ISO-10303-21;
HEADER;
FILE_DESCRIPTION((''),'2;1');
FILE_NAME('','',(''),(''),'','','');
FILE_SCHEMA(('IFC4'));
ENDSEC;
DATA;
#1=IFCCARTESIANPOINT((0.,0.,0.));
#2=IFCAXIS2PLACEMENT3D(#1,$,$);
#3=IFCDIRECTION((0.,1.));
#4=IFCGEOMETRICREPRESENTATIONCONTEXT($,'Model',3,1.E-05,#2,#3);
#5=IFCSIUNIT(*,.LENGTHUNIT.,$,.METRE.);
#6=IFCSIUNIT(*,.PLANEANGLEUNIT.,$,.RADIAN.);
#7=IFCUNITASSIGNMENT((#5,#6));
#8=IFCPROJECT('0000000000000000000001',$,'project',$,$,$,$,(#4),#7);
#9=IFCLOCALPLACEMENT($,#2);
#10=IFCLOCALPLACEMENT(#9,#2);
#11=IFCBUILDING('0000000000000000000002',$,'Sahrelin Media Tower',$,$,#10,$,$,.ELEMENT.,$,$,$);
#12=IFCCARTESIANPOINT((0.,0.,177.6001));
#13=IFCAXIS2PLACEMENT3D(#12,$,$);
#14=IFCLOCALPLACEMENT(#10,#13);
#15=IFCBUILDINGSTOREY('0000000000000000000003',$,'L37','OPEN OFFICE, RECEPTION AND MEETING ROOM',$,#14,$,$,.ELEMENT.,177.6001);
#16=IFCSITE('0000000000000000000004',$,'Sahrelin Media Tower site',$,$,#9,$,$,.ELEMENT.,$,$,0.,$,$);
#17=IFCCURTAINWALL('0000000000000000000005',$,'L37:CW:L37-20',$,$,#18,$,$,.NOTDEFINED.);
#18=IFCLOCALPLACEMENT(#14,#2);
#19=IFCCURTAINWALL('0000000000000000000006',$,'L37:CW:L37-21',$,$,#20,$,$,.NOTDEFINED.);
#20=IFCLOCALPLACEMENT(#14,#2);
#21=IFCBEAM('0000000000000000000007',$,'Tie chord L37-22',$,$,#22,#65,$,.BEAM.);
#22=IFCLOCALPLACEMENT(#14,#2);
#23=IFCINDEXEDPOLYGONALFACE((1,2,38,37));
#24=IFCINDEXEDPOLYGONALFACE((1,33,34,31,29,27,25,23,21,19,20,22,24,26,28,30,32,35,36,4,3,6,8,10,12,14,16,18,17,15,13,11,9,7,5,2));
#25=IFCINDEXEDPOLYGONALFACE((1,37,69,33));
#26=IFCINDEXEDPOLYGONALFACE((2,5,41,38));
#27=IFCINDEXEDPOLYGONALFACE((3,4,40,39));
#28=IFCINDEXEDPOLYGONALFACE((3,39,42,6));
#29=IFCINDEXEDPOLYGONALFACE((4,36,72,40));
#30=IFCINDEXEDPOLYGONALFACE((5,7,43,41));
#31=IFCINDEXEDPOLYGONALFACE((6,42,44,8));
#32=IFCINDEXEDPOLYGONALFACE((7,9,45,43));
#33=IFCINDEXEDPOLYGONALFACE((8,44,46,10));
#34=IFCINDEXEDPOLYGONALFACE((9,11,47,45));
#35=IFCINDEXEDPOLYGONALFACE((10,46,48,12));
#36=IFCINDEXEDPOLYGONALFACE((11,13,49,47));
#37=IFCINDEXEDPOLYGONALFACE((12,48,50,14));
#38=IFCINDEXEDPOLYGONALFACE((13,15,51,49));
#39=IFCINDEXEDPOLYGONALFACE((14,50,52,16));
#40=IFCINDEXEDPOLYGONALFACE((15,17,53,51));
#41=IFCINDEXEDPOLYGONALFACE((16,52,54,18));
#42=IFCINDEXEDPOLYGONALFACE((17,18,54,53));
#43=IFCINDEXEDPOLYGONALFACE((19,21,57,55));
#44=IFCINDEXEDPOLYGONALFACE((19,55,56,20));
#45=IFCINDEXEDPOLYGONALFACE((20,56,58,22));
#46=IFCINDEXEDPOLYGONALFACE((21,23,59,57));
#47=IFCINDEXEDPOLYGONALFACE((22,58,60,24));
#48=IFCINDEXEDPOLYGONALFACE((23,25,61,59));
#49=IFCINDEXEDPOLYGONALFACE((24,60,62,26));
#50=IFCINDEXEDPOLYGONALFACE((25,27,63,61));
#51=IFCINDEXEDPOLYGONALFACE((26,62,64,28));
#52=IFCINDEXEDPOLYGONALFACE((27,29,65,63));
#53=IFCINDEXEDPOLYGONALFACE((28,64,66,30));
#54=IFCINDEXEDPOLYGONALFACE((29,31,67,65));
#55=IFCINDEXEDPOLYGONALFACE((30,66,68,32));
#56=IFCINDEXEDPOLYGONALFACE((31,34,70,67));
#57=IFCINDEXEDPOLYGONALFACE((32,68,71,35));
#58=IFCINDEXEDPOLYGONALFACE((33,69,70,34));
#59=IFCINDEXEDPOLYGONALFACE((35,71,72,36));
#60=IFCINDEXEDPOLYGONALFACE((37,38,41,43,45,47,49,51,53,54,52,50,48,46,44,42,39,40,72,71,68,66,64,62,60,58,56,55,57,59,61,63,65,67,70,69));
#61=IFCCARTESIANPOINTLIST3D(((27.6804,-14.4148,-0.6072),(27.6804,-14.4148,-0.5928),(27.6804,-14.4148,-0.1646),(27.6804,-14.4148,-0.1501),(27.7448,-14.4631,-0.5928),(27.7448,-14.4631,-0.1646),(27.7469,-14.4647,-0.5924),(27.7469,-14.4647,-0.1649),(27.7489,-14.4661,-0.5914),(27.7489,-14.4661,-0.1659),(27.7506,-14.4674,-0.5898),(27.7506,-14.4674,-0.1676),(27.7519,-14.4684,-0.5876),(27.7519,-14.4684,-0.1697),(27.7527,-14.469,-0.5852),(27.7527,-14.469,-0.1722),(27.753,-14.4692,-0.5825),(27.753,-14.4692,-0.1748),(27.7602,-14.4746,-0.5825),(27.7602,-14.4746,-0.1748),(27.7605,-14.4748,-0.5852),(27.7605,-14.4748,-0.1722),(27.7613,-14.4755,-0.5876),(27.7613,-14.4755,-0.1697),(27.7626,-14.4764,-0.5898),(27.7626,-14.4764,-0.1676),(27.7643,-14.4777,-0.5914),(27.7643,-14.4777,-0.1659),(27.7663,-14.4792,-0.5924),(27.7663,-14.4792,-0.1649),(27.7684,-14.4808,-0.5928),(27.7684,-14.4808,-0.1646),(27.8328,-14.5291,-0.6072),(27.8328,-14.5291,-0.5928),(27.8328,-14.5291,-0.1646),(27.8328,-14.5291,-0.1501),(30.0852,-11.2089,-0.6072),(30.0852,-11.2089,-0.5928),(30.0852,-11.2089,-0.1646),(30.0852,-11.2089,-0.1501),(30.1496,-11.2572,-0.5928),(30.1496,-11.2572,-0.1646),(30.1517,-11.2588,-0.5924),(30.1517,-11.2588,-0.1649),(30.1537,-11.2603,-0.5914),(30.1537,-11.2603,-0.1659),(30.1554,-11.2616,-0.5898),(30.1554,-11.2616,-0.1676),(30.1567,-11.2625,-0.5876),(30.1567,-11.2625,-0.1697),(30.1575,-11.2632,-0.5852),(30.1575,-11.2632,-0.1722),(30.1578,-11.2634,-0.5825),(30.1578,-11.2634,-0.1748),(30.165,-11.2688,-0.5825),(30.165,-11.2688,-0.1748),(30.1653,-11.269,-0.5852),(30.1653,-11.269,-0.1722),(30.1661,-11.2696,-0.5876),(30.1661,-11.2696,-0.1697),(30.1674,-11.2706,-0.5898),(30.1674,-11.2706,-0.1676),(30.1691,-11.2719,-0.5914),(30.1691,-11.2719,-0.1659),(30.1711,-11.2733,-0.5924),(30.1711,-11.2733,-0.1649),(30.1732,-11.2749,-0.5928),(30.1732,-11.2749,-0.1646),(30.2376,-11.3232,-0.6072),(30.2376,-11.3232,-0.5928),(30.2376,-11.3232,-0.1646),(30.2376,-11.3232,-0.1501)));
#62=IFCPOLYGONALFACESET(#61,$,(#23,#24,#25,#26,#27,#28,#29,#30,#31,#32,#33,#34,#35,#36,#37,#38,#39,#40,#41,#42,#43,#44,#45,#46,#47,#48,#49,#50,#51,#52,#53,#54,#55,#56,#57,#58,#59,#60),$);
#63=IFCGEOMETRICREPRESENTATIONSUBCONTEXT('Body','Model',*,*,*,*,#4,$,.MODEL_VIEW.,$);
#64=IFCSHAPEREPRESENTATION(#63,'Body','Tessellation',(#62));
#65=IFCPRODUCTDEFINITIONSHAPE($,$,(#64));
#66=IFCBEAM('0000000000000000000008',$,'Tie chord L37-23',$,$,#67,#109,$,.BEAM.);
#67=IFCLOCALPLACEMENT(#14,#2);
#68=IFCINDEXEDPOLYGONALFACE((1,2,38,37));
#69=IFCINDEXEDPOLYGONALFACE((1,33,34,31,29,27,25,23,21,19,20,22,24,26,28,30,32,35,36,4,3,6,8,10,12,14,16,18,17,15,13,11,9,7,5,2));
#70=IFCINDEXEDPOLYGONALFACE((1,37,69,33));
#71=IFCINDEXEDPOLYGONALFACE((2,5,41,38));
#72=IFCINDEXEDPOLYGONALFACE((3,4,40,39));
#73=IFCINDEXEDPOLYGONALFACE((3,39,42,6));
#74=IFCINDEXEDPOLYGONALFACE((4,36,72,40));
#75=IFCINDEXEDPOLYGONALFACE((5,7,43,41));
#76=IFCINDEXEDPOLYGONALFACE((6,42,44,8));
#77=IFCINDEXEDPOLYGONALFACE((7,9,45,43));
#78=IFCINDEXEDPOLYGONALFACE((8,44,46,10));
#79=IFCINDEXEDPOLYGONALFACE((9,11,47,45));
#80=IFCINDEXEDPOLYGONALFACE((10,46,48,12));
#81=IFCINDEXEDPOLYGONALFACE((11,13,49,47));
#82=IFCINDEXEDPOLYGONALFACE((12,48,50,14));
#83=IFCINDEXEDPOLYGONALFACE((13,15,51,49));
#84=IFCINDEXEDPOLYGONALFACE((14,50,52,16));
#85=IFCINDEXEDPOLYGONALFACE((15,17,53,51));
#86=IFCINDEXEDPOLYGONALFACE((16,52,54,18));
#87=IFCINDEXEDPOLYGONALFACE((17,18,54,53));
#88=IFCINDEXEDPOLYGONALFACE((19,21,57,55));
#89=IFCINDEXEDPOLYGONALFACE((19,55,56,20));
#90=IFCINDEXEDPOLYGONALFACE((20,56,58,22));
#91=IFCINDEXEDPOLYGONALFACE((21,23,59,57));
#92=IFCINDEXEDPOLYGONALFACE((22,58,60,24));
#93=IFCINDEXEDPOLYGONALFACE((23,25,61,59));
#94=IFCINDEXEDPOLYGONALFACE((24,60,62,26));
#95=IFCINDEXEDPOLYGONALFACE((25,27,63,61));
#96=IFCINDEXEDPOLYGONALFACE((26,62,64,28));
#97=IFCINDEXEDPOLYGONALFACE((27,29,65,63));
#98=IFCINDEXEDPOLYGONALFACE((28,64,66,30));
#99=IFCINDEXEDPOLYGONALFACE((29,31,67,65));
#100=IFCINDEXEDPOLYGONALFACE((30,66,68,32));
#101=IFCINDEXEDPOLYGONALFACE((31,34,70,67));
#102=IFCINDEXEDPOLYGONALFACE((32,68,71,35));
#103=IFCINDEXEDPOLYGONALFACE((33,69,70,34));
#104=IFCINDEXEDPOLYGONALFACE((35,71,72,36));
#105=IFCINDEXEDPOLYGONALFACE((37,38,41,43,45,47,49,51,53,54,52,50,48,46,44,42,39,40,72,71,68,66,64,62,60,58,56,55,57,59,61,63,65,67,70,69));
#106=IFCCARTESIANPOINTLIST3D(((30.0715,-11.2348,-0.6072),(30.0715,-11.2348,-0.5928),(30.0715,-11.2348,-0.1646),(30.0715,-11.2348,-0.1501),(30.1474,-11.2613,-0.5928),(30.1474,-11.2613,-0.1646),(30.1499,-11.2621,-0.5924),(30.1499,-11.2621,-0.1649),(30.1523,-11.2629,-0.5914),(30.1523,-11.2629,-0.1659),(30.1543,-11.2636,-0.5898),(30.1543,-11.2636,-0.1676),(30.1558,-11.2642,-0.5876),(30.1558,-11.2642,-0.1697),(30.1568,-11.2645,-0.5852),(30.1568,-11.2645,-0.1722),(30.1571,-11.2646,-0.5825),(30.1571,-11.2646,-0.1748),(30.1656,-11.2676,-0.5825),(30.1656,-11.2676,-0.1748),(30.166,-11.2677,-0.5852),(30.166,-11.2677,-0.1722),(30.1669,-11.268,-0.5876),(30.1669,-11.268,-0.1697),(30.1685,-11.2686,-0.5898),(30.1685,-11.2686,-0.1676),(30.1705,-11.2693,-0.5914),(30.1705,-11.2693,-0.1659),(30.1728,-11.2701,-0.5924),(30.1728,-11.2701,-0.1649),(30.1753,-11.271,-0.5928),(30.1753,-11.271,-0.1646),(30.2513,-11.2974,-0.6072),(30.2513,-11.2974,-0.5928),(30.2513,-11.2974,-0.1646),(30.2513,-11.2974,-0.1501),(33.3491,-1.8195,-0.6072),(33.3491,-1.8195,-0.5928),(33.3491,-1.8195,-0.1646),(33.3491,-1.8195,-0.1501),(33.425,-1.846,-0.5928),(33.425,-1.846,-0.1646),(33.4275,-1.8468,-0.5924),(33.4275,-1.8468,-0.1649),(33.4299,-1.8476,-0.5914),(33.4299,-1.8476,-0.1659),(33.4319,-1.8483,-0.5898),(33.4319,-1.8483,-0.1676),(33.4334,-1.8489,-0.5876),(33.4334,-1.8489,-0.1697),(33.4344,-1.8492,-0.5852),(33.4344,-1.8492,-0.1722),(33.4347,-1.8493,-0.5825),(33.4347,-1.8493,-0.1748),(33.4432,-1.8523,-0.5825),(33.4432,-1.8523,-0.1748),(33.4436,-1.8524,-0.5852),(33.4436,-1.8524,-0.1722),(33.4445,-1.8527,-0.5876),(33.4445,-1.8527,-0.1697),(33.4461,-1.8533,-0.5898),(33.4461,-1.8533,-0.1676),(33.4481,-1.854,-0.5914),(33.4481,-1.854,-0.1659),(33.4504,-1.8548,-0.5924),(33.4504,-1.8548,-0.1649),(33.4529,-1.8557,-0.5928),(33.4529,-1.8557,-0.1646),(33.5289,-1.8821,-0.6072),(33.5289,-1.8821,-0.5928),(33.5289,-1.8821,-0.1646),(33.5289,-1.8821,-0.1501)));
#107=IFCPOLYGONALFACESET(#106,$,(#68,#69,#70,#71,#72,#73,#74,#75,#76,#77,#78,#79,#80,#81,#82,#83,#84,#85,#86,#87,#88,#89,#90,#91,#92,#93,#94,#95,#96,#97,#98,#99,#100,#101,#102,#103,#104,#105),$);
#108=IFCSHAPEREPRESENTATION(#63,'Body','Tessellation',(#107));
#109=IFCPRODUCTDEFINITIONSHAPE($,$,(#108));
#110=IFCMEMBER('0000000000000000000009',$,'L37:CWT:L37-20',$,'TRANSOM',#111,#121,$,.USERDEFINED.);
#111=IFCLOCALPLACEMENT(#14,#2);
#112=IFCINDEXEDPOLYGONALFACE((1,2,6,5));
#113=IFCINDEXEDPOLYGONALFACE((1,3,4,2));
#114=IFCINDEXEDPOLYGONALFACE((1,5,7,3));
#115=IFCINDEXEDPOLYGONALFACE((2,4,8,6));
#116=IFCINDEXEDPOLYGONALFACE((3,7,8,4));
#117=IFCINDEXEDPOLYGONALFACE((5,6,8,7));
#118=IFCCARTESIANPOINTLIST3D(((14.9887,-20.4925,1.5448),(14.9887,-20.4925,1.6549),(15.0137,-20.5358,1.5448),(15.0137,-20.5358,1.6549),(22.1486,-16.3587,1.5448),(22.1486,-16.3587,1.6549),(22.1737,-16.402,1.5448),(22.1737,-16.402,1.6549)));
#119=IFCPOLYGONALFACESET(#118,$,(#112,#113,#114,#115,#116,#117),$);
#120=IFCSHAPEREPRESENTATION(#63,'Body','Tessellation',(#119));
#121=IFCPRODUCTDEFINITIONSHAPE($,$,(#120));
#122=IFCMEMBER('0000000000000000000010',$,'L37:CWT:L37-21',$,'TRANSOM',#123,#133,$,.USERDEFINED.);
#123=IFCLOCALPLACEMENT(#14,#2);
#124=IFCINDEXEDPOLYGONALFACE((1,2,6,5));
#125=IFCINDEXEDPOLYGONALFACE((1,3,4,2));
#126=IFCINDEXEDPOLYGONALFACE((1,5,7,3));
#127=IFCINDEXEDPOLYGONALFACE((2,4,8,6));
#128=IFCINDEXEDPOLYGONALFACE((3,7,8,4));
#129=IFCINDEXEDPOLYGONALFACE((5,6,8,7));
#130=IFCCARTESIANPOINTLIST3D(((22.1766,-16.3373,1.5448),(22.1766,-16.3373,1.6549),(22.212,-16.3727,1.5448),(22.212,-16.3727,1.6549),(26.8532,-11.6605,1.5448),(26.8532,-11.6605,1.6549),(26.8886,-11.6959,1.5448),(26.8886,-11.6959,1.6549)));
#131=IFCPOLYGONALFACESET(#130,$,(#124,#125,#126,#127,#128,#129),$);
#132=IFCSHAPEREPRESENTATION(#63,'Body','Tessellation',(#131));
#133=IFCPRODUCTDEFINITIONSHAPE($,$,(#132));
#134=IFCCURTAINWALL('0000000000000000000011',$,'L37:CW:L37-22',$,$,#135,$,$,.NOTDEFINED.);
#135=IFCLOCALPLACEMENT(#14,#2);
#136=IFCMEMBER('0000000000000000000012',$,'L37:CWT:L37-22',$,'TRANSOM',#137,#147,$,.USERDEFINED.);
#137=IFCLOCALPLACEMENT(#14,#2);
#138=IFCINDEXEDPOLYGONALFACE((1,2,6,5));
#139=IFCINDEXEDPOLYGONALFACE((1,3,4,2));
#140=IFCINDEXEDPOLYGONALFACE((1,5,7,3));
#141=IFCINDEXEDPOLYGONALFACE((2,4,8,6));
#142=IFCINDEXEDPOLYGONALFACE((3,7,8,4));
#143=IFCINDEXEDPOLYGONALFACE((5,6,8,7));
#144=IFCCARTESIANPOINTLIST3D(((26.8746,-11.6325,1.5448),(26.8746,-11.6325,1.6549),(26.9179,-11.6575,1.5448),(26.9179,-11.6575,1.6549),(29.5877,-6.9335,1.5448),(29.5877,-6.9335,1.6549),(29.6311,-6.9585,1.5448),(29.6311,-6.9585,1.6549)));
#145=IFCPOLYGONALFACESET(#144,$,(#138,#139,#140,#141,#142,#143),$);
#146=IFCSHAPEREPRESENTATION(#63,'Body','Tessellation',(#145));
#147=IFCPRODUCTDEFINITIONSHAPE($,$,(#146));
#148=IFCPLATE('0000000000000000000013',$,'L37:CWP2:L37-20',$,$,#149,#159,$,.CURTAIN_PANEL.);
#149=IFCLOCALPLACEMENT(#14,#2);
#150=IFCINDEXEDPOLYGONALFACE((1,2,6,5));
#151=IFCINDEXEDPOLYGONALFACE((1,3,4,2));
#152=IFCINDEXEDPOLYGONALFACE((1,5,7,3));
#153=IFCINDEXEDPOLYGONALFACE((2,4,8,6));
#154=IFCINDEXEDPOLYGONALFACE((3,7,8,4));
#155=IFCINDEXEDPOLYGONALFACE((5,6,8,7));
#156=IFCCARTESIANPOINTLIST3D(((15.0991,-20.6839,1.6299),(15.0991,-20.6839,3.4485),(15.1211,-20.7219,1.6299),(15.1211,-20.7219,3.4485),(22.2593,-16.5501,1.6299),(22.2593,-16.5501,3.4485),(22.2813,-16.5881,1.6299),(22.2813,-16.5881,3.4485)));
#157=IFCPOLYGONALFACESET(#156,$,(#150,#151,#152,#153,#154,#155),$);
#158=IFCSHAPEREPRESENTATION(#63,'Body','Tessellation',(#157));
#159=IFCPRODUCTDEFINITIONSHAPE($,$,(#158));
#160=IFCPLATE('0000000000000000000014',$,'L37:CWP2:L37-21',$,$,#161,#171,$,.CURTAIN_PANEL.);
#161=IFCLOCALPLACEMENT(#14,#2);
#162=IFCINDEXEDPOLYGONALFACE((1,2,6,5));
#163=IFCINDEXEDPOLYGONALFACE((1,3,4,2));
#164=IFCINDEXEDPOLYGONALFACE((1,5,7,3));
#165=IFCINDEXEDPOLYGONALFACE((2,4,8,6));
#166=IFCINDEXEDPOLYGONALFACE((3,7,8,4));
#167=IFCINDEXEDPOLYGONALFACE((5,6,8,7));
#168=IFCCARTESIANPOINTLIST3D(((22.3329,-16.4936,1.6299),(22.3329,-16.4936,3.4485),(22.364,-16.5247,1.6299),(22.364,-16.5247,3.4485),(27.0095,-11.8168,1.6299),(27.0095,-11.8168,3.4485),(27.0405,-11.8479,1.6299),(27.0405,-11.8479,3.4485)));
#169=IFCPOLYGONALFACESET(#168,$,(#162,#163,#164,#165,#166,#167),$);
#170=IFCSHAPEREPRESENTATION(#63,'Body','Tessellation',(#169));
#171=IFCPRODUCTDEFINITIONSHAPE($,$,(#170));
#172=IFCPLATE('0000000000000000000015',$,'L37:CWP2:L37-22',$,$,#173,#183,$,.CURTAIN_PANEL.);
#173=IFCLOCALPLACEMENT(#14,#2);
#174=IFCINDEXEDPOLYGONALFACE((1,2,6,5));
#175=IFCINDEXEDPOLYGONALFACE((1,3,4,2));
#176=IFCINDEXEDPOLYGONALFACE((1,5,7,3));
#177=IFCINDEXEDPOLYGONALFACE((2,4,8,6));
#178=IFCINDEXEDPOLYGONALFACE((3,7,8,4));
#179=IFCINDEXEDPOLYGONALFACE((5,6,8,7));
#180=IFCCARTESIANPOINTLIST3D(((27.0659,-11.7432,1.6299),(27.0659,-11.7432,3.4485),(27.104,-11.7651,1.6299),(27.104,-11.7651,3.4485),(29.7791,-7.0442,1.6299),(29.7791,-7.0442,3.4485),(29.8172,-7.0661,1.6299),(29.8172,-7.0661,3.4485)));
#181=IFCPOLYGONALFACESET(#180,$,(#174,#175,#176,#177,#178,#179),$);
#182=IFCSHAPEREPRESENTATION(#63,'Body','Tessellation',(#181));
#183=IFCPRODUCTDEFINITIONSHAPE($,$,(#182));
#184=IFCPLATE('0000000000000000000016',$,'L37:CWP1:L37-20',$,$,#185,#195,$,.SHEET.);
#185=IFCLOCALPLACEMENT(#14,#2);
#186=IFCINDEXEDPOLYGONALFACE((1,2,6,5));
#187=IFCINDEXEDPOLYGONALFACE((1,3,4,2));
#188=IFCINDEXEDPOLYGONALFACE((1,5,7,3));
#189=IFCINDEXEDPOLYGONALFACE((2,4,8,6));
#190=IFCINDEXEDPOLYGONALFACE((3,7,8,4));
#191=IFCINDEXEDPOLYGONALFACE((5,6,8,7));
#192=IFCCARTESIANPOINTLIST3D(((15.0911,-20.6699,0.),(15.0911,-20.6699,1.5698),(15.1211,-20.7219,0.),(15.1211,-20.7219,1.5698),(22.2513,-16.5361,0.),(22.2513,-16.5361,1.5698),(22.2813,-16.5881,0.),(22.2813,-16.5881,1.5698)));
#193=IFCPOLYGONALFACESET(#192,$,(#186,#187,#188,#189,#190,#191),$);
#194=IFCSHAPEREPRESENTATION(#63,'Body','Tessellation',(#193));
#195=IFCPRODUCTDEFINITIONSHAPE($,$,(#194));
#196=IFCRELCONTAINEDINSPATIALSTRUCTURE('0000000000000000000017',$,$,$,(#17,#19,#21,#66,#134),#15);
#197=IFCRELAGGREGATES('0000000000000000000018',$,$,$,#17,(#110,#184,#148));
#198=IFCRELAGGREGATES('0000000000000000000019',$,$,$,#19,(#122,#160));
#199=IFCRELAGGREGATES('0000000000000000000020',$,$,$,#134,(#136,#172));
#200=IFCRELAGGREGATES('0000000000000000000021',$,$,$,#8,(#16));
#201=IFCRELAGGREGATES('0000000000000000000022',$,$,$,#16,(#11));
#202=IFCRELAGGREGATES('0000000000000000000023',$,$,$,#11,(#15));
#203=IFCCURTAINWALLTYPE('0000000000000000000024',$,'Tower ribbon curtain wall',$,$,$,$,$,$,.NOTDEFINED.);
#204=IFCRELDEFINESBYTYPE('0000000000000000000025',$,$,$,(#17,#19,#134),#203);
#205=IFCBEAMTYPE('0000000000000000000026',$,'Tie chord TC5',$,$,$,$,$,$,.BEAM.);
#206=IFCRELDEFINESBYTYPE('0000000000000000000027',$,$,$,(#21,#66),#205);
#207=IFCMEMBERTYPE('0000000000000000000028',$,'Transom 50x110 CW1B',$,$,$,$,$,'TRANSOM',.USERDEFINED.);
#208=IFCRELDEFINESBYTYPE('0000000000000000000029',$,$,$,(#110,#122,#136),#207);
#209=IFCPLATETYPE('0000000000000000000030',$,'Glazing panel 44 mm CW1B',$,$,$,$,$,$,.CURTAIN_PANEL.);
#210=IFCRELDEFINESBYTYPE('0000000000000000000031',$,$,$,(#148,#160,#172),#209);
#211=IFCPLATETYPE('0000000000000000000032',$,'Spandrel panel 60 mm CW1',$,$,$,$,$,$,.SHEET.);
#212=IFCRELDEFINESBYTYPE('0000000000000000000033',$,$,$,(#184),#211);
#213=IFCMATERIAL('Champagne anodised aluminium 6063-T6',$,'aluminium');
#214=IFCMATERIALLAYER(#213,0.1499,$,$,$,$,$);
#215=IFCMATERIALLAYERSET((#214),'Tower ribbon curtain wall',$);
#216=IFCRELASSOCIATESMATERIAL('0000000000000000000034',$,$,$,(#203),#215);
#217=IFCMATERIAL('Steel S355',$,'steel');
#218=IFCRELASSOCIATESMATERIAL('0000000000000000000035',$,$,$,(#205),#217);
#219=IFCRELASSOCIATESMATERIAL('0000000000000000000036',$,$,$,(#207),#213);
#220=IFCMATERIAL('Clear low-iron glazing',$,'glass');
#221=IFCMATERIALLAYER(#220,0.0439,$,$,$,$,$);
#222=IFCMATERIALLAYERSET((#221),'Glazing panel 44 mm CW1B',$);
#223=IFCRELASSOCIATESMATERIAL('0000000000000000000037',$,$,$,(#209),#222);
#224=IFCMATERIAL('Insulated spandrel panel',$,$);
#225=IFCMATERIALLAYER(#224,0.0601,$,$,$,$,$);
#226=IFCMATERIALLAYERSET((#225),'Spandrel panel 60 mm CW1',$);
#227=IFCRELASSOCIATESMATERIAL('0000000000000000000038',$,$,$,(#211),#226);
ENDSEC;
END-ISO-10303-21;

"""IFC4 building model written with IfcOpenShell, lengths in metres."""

from ifc_helpers import new_model, si_unit, direction, frame, origin, origin_2d, place, context, subcontext, project, spatial, polyline, rectangle, i_section, outline, extrude, material, layer, layer_set, material_profile, profile_set, type_object, element, aggregate, save


model = new_model("IFC4")

# Units and contexts
model_context = context("Model", 3, precision=1e-05, world=origin(), true_north=direction((0.0, 1.0)))
body_context = subcontext(model_context, "Body", "Model", "MODEL_VIEW")
ifc_project = project(units=[si_unit("LENGTHUNIT", "METRE"), si_unit("PLANEANGLEUNIT", "RADIAN")], contexts=[model_context])

# Site, building, storey
site_placement = place(None, origin())
site = spatial("IfcSite", under=ifc_project, at=site_placement, Name="Sahrelin Media Tower site", CompositionType="ELEMENT", RefElevation=0.0)
building_placement = place(site_placement, origin())
building = spatial("IfcBuilding", under=site, at=building_placement, Name="Sahrelin Media Tower", CompositionType="ELEMENT")
storey_placement = place(building_placement, frame((0.0, 0.0, 177.6001)))
storey = spatial("IfcBuildingStorey", under=building, at=storey_placement, Name="L37", Description="OPEN OFFICE, RECEPTION AND MEETING ROOM", CompositionType="ELEMENT", Elevation=177.6001)

# Shared definitions
ifc_material_1 = material(Name="Steel S355", Category="steel")

# Curtain walls
ifc_material_2 = material(Name="Champagne anodised aluminium 6063-T6", Category="aluminium")
ifc_layer_1 = layer(ifc_material_2, 0.1499)
ifc_layer_set_1 = layer_set([ifc_layer_1], Name="Tower ribbon curtain wall")
curtain_wall_type = type_object("IfcCurtainWallType", Name="Tower ribbon curtain wall", PredefinedType="NOTDEFINED", material=ifc_layer_set_1)
curtain_wall_1_placement = place(storey_placement, frame((18.6912, -18.6377, 0.0), z_axis=(0.0, 0.0, 1.0), x_axis=(1.0, 0.0, 0.0)))
curtain_wall_1 = element("IfcCurtainWall", 1, at=curtain_wall_1_placement, inside=storey, type_object=curtain_wall_type, Name="L37:CW:L37-20", PredefinedType="NOTDEFINED")
curtain_wall_2_placement = place(storey_placement, frame((24.6882, -14.1721, 0.0), z_axis=(0.0, 0.0, 1.0), x_axis=(1.0, 0.0, 0.0)))
curtain_wall_2 = element("IfcCurtainWall", 2, at=curtain_wall_2_placement, inside=storey, type_object=curtain_wall_type, Name="L37:CW:L37-21", PredefinedType="NOTDEFINED")

# Beams
ifc_material_profile_1 = material_profile(ifc_material_1, i_section(OverallWidth=0.1904, OverallDepth=0.457, WebThickness=0.009, FlangeThickness=0.0144, FilletRadius=0.0103, at=origin_2d()), Name="UB 457x191x74")
ifc_profile_set_1 = profile_set([ifc_material_profile_1], Name="Steel S355")
beam_type_1 = type_object("IfcBeamType", Name="Tie chord TC5", PredefinedType="BEAM", material=ifc_profile_set_1)
beam_1_placement = place(storey_placement, frame((27.7566, -14.4719, -0.3787), z_axis=(0.600068, 0.799949, 0.0), x_axis=(-0.799949, 0.600068, 0.0)))
element("IfcBeam", 3, at=beam_1_placement, inside=storey, type_object=beam_type_1, Name="Tie chord L37-22", PredefinedType="BEAM", context=body_context, shape_type="SweptSolid", body=[
    extrude(i_section(OverallWidth=0.1904, OverallDepth=0.457, WebThickness=0.009, FlangeThickness=0.0144, FilletRadius=0.0103, at=origin_2d()), origin(), (0.0, 0.0, 1.0), 4.0076),
])
beam_2_placement = place(storey_placement, frame((30.1614, -11.2661, -0.3787), z_axis=(0.328763, 0.944413, 0.0), x_axis=(-0.944413, 0.328763, 0.0)))
element("IfcBeam", 4, at=beam_2_placement, inside=storey, type_object=beam_type_1, Name="Tie chord L37-23", PredefinedType="BEAM", context=body_context, shape_type="SweptSolid", body=[
    extrude(i_section(OverallWidth=0.1904, OverallDepth=0.457, WebThickness=0.009, FlangeThickness=0.0144, FilletRadius=0.0103, at=origin_2d()), origin(), (0.0, 0.0, 1.0), 9.9695),
])

# Members
ifc_material_profile_2 = material_profile(ifc_material_2, rectangle(XDim=0.05, YDim=0.1101, at=origin_2d()), Name="Transom 50x110")
ifc_profile_set_2 = profile_set([ifc_material_profile_2], Name="Champagne anodised aluminium 6063-T6")
member_type_1 = type_object("IfcMemberType", Name="Transom 50x110 CW1B", ElementType="TRANSOM", PredefinedType="USERDEFINED", material=ifc_profile_set_2)
member_1_placement = place(storey_placement, frame((15.0012, -20.5142, 1.5999), z_axis=(0.866025, 0.500001, 0.0), x_axis=(-0.500001, 0.866025, 0.0)))
member_1 = element("IfcMember", 5, at=member_1_placement, type_object=member_type_1, Name="L37:CWT:L37-20", ObjectType="TRANSOM", PredefinedType="USERDEFINED", context=body_context, shape_type="SweptSolid", body=[
    extrude(rectangle(XDim=0.05, YDim=0.1101, at=origin_2d()), origin(), (0.0, 0.0, 1.0), 8.2676),
])
member_2_placement = place(storey_placement, frame((22.1943, -16.355, 1.5999), z_axis=(0.707088, 0.707125, 0.0), x_axis=(-0.707125, 0.707088, 0.0)))
member_2 = element("IfcMember", 6, at=member_2_placement, type_object=member_type_1, Name="L37:CWT:L37-21", ObjectType="TRANSOM", PredefinedType="USERDEFINED", context=body_context, shape_type="SweptSolid", body=[
    extrude(rectangle(XDim=0.05, YDim=0.1101, at=origin_2d()), origin(), (0.0, 0.0, 1.0), 6.6138),
])

# Curtain wall, member
curtain_wall_3_placement = place(storey_placement, frame((28.4434, -9.4055, 0.0), z_axis=(0.0, 0.0, 1.0), x_axis=(1.0, 0.0, 0.0)))
curtain_wall_3 = element("IfcCurtainWall", 7, at=curtain_wall_3_placement, inside=storey, type_object=curtain_wall_type, Name="L37:CW:L37-22", PredefinedType="NOTDEFINED")
member_3_placement = place(storey_placement, frame((26.8962, -11.645, 1.5999), z_axis=(0.500025, 0.866011, 0.0), x_axis=(-0.866011, 0.500025, 0.0)))
member_3 = element("IfcMember", 8, at=member_3_placement, type_object=member_type_1, Name="L37:CWT:L37-22", ObjectType="TRANSOM", PredefinedType="USERDEFINED", context=body_context, shape_type="SweptSolid", body=[
    extrude(rectangle(XDim=0.05, YDim=0.1101, at=origin_2d()), origin(), (0.0, 0.0, 1.0), 5.426),
])

# Plates
ifc_material_3 = material(Name="Clear low-iron glazing", Category="glass")
ifc_layer_2 = layer(ifc_material_3, 0.0439)
ifc_layer_set_2 = layer_set([ifc_layer_2], Name="Glazing panel 44 mm CW1B")
plate_type_1 = type_object("IfcPlateType", Name="Glazing panel 44 mm CW1B", PredefinedType="CURTAIN_PANEL", material=ifc_layer_set_2)
plate_1_placement = place(storey_placement, frame((15.1211, -20.7219, 1.6299), z_axis=(0.499988, -0.866032, 0.0), x_axis=(0.866032, 0.499988, 0.0)))
plate_1 = element("IfcPlate", 9, at=plate_1_placement, type_object=plate_type_1, Name="L37:CWP2:L37-20", PredefinedType="CURTAIN_PANEL", context=body_context, shape_type="SweptSolid", body=[
    extrude(outline(polyline([(0.0, 0.0), (8.2678, 0.0), (8.2678, 1.8186), (0.0, 1.8186), (0.0, 0.0)])), origin(), (0.0, 0.0, -1.0), 0.0439),
])
plate_2_placement = place(storey_placement, frame((22.364, -16.5247, 1.6299), z_axis=(0.707125, -0.707088, 0.0), x_axis=(0.707088, 0.707125, 0.0)))
plate_2 = element("IfcPlate", 10, at=plate_2_placement, type_object=plate_type_1, Name="L37:CWP2:L37-21", PredefinedType="CURTAIN_PANEL", context=body_context, shape_type="SweptSolid", body=[
    extrude(outline(polyline([(0.0, 0.0), (6.6138, 0.0), (6.6138, 1.8186), (0.0, 1.8186), (0.0, 0.0)])), origin(), (0.0, 0.0, -1.0), 0.0439),
])
plate_3_placement = place(storey_placement, frame((27.104, -11.7651, 1.6299), z_axis=(0.866011, -0.500025, 0.0), x_axis=(0.500025, 0.866011, 0.0)))
plate_3 = element("IfcPlate", 11, at=plate_3_placement, type_object=plate_type_1, Name="L37:CWP2:L37-22", PredefinedType="CURTAIN_PANEL", context=body_context, shape_type="SweptSolid", body=[
    extrude(outline(polyline([(0.0, 0.0), (5.426, 0.0), (5.426, 1.8186), (0.0, 1.8186), (0.0, 0.0)])), origin(), (0.0, 0.0, -1.0), 0.0439),
])
ifc_material_4 = material(Name="Insulated spandrel panel")
ifc_layer_3 = layer(ifc_material_4, 0.0601)
ifc_layer_set_3 = layer_set([ifc_layer_3], Name="Spandrel panel 60 mm CW1")
plate_type_2 = type_object("IfcPlateType", Name="Spandrel panel 60 mm CW1", PredefinedType="SHEET", material=ifc_layer_set_3)
plate_4_placement = place(storey_placement, frame((15.1211, -20.7219, 0.0), z_axis=(0.499988, -0.866032, 0.0), x_axis=(0.866032, 0.499988, 0.0)))
plate_4 = element("IfcPlate", 12, at=plate_4_placement, type_object=plate_type_2, Name="L37:CWP1:L37-20", PredefinedType="SHEET", context=body_context, shape_type="SweptSolid", body=[
    extrude(outline(polyline([(0.0, 0.0), (8.2678, 0.0), (8.2678, 1.5698), (0.0, 1.5698), (0.0, 0.0)])), origin(), (0.0, 0.0, -1.0), 0.0601),
])
aggregate(curtain_wall_1, [member_1, plate_4, plate_1])
aggregate(curtain_wall_2, [member_2, plate_2])
aggregate(curtain_wall_3, [member_3, plate_3])

save(model, "model.ifc")
